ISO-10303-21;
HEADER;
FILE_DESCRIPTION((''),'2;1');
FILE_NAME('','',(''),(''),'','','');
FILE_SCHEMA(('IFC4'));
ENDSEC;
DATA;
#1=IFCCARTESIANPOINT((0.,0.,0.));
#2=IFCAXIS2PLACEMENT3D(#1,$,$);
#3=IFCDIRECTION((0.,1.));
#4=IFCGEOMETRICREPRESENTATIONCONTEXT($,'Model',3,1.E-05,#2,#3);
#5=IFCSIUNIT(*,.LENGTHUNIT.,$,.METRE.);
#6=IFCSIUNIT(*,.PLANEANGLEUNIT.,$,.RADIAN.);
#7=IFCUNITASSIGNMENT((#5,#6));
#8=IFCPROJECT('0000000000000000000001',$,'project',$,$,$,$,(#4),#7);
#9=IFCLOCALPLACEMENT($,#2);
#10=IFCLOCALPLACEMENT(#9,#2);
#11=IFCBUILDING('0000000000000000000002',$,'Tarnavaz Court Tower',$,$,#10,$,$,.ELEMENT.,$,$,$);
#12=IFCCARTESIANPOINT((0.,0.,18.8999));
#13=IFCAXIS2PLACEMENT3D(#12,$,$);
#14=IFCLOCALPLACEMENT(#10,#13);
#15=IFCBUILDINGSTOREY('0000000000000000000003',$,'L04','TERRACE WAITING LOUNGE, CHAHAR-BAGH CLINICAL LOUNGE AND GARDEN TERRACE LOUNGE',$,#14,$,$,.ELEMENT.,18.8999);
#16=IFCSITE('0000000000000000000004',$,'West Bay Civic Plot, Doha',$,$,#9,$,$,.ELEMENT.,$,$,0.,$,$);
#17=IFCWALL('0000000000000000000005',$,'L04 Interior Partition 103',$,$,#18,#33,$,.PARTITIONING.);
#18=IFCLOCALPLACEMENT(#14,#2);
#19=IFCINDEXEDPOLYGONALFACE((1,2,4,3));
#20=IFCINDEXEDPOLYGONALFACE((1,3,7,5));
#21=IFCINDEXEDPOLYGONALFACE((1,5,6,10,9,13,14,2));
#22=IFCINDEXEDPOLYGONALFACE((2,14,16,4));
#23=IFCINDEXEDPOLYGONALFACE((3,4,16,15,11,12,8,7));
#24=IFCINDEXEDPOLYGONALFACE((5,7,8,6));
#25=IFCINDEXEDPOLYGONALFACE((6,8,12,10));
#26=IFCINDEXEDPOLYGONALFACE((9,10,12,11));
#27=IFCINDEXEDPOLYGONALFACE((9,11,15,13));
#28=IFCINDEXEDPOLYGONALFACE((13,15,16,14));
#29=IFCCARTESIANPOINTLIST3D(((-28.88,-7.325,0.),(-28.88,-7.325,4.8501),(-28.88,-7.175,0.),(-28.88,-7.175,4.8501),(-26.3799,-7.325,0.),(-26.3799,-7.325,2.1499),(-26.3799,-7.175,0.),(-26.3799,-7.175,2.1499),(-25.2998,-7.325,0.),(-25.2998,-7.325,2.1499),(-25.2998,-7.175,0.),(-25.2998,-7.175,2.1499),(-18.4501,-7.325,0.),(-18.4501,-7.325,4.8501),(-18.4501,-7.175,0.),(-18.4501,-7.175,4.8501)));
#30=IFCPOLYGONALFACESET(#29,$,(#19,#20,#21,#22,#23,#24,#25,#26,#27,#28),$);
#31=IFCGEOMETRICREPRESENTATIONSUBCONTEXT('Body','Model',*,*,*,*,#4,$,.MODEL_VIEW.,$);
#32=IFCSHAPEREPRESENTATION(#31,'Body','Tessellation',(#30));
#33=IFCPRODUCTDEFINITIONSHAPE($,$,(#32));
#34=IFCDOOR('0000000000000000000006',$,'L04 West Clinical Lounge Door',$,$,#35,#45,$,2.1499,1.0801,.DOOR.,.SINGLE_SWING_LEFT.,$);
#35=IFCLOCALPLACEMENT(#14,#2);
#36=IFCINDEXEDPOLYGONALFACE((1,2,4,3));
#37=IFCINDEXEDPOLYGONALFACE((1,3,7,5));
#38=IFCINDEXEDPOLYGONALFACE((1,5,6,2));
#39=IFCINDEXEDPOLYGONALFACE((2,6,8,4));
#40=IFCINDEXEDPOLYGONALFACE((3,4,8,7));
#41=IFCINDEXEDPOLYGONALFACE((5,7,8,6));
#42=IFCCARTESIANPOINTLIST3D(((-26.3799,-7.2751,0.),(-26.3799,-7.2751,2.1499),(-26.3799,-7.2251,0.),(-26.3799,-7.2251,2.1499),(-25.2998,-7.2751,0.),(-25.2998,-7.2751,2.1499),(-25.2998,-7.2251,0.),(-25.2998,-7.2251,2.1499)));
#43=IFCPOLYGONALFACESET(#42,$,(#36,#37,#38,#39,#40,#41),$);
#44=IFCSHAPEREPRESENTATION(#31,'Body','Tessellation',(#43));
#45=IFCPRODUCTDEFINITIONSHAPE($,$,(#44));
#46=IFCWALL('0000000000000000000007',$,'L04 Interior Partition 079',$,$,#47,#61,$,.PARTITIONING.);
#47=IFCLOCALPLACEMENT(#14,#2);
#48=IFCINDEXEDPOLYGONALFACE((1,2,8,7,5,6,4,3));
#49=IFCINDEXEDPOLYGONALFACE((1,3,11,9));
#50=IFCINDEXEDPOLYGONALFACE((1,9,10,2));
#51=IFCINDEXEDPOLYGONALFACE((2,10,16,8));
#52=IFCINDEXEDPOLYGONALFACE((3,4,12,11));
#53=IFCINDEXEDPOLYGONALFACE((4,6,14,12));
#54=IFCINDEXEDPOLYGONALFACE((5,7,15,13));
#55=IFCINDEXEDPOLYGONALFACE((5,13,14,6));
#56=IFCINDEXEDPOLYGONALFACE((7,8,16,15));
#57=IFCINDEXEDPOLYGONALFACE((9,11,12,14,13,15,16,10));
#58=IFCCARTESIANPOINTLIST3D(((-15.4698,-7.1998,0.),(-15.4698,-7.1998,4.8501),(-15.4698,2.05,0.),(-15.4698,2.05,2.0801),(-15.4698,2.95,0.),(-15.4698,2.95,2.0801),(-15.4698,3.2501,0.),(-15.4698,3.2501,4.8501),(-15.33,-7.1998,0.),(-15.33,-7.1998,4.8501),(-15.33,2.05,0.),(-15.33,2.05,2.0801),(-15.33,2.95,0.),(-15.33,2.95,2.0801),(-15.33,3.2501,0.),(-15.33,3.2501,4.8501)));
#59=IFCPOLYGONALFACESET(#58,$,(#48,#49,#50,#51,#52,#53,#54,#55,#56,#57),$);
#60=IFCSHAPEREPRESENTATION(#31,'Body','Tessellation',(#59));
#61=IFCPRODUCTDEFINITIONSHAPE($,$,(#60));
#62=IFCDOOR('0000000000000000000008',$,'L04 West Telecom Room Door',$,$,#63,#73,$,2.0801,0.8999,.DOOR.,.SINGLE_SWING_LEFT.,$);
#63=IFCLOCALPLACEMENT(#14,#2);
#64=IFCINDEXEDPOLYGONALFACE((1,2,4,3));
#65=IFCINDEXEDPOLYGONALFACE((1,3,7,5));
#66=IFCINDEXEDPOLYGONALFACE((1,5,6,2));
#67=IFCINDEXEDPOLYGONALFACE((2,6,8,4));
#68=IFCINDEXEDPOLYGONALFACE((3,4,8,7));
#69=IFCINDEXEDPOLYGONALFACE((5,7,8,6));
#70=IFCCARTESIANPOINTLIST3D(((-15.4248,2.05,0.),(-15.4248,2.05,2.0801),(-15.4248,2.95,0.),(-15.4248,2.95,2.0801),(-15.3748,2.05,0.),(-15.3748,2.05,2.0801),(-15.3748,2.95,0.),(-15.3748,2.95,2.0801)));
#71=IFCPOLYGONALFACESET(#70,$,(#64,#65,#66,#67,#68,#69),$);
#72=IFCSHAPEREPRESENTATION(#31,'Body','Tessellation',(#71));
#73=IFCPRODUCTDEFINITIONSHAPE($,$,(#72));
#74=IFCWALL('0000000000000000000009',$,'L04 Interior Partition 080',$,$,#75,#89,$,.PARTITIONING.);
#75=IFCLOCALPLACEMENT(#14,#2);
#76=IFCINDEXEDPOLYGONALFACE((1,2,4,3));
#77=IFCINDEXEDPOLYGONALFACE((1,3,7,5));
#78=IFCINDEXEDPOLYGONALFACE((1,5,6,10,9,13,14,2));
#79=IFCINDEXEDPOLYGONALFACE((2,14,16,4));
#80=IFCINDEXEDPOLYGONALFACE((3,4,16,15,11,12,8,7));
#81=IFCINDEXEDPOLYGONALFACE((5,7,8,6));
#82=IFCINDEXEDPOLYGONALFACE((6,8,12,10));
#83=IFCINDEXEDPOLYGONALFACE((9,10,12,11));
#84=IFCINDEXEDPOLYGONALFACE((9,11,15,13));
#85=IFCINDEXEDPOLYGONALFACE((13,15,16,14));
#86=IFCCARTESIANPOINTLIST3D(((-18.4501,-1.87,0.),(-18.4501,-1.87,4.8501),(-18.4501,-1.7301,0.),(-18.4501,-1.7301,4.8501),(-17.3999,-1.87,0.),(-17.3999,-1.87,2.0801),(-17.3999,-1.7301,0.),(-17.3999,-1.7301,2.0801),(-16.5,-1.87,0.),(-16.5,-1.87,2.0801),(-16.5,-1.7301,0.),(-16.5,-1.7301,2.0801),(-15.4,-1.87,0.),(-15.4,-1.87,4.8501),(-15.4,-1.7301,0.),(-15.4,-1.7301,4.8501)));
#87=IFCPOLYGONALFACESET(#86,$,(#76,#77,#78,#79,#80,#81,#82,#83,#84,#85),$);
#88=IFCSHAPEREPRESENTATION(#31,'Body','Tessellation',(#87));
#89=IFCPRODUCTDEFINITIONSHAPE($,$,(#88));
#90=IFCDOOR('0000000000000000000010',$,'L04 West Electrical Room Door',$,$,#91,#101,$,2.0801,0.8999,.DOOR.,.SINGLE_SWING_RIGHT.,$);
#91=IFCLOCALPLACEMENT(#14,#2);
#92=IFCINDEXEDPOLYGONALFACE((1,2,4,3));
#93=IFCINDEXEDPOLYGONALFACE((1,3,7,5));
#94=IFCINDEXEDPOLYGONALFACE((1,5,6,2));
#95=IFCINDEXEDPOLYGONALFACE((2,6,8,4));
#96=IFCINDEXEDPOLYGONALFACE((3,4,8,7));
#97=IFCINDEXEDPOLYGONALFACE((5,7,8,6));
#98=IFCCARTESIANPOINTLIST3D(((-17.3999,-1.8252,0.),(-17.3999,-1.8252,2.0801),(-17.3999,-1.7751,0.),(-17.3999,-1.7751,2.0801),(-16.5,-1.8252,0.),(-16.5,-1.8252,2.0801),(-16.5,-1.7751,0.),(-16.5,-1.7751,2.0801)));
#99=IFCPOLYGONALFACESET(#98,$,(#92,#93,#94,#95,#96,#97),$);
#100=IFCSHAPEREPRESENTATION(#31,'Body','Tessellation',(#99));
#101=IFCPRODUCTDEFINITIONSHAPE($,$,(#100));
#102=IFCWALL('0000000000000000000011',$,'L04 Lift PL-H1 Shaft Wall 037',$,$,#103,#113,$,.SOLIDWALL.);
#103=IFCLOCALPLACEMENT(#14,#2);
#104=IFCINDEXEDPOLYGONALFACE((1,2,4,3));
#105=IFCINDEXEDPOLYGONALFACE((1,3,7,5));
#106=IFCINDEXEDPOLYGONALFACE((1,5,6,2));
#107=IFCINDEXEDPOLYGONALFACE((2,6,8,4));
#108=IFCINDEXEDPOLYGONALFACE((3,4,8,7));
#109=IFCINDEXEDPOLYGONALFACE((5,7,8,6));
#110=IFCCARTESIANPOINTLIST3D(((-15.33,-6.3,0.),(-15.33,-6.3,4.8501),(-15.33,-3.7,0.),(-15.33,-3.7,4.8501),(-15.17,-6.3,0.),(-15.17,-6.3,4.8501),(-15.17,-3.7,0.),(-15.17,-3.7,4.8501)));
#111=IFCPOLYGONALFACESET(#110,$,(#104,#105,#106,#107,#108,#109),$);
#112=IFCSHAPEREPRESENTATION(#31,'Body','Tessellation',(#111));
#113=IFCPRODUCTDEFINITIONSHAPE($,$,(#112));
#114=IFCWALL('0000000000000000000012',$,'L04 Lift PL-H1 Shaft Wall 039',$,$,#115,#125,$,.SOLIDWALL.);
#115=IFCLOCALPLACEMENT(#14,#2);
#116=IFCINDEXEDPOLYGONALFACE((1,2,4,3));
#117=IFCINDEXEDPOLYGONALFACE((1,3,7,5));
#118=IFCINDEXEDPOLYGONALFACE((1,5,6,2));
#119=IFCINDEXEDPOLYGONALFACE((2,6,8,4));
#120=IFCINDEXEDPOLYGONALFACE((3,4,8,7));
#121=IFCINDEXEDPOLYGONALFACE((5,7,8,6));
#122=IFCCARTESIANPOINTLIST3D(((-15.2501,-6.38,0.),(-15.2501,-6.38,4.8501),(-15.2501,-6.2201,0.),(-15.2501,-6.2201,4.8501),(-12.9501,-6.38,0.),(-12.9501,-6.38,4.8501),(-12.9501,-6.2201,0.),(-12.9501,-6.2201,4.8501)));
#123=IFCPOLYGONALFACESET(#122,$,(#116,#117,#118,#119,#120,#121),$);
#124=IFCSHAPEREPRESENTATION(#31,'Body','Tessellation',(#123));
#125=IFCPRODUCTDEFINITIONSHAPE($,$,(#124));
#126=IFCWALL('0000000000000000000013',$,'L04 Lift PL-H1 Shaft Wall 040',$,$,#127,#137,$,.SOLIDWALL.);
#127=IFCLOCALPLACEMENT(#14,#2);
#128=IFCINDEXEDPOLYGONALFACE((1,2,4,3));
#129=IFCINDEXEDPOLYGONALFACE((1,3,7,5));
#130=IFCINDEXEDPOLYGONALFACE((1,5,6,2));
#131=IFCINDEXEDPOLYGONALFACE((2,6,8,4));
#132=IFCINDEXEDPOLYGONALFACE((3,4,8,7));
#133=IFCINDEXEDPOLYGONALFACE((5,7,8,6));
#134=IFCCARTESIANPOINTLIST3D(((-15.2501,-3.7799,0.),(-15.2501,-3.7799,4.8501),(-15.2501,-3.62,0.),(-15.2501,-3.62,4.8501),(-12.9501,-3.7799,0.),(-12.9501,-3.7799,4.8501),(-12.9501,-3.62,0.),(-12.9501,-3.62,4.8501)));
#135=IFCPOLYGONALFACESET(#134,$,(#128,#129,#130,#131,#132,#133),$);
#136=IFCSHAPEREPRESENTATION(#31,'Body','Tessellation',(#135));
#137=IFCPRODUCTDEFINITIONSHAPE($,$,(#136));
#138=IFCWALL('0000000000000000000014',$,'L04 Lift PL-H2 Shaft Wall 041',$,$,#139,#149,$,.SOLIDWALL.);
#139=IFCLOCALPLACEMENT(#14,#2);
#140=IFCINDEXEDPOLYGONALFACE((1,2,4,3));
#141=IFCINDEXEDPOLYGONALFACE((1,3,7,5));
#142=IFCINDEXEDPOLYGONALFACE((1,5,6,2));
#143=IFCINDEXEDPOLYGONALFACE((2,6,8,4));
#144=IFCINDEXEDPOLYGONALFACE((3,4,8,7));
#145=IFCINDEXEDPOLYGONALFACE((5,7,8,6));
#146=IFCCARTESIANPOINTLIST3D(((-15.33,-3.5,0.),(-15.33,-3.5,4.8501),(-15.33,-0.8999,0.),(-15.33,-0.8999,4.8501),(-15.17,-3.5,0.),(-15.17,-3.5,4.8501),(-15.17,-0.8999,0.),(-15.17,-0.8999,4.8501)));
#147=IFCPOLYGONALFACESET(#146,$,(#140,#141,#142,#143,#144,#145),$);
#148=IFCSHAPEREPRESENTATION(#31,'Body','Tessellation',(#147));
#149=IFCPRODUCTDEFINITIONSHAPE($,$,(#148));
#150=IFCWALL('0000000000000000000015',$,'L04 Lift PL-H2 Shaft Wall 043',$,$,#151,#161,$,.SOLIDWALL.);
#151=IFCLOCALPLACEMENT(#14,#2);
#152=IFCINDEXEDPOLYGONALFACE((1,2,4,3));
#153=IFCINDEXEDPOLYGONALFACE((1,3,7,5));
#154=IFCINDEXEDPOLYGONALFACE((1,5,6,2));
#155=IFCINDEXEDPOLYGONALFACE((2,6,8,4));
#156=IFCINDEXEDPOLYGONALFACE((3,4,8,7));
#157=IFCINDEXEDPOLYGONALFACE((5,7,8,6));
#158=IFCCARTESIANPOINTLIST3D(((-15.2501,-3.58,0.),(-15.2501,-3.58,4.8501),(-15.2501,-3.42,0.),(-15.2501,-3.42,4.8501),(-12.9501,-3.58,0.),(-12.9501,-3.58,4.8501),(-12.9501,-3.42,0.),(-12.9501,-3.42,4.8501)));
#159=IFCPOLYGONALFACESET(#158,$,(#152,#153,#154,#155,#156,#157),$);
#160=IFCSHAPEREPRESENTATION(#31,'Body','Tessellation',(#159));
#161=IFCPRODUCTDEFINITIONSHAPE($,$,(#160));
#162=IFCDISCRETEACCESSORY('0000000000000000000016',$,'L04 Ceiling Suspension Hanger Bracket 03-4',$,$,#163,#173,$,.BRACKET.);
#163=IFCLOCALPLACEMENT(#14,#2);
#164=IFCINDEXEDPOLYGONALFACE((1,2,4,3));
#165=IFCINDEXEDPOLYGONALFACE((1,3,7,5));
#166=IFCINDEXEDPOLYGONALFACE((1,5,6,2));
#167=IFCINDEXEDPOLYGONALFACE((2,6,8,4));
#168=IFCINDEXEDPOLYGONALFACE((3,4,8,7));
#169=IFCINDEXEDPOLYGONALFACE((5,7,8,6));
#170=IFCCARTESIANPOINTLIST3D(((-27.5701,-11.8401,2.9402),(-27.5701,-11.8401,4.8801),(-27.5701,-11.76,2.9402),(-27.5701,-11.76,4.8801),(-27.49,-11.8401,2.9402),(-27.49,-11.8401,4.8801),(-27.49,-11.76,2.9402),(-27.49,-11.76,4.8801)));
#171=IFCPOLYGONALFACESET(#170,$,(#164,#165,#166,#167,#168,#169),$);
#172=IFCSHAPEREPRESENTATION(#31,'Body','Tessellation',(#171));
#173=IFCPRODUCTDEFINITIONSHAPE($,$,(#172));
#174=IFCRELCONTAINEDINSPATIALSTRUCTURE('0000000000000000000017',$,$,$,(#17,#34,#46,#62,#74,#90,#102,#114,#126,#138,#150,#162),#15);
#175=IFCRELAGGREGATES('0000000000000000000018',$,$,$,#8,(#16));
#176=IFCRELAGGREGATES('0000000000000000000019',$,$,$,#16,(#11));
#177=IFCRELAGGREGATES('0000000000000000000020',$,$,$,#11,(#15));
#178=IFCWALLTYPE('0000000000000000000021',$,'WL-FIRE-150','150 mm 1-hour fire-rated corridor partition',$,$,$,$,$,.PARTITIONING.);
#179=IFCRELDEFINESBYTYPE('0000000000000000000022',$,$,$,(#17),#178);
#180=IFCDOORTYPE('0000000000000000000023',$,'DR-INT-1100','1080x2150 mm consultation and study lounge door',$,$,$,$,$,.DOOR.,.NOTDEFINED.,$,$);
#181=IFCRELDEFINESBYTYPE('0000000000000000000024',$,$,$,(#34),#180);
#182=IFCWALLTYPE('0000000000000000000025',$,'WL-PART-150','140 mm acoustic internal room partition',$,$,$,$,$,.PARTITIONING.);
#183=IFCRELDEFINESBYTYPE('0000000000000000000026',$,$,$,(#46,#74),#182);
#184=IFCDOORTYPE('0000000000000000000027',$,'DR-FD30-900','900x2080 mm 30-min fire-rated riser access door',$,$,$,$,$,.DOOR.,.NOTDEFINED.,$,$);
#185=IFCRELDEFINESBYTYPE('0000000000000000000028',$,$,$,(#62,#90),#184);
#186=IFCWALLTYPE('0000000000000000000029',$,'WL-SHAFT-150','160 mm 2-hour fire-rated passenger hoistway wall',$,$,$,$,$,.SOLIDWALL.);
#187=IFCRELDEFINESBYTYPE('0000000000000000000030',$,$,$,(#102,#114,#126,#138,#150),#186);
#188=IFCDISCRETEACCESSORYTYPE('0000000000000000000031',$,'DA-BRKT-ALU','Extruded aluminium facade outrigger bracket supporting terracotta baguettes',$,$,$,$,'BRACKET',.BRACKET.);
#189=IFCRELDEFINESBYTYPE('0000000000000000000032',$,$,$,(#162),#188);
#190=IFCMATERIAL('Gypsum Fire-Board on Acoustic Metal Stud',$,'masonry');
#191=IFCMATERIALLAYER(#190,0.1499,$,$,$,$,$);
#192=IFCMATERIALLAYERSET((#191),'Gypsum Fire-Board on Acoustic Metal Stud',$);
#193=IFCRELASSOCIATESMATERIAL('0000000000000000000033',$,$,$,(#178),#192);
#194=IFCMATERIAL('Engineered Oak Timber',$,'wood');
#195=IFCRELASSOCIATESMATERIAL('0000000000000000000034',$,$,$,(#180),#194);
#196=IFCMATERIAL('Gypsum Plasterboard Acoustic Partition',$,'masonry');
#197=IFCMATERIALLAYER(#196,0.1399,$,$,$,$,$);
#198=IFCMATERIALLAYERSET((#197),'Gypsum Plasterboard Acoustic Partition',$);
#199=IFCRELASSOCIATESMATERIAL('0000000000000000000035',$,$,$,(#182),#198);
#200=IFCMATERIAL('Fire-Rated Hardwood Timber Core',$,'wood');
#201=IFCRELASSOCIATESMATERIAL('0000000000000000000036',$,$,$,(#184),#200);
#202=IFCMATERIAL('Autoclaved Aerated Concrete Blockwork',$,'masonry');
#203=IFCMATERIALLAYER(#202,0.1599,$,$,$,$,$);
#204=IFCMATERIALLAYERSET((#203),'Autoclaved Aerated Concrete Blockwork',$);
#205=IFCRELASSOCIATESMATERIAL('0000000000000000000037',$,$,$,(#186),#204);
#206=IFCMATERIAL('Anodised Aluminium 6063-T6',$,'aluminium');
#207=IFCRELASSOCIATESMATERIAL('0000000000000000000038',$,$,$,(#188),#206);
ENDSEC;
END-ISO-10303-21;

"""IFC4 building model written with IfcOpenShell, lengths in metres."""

from ifc_helpers import new_model, si_unit, direction, frame, frame_2d, origin, origin_2d, place, context, subcontext, project, spatial, rectangle, extrude, material, layer, layer_set, type_object, element, fill, save


model = new_model("IFC4")

# Units and contexts
model_context = context("Model", 3, precision=1e-05, world=origin(), true_north=direction((0.0, 1.0)))
body_context = subcontext(model_context, "Body", "Model", "MODEL_VIEW")
ifc_project = project(units=[si_unit("LENGTHUNIT", "METRE"), si_unit("PLANEANGLEUNIT", "RADIAN")], contexts=[model_context])

# Site, building, storey
site_placement = place(None, origin())
site = spatial("IfcSite", under=ifc_project, at=site_placement, Name="West Bay Civic Plot, Doha", CompositionType="ELEMENT", RefElevation=0.0)
building_placement = place(site_placement, origin())
building = spatial("IfcBuilding", under=site, at=building_placement, Name="Tarnavaz Court Tower", CompositionType="ELEMENT")
storey_placement = place(building_placement, frame((0.0, 0.0, 18.8999)))
storey = spatial("IfcBuildingStorey", under=building, at=storey_placement, Name="L04", Description="TERRACE WAITING LOUNGE, CHAHAR-BAGH CLINICAL LOUNGE AND GARDEN TERRACE LOUNGE", CompositionType="ELEMENT", Elevation=18.8999)

# Walls, openings, doors
ifc_material_1 = material(Name="Gypsum Fire-Board on Acoustic Metal Stud", Category="masonry")
ifc_layer_1 = layer(ifc_material_1, 0.1499)
ifc_layer_set_1 = layer_set([ifc_layer_1], Name="Gypsum Fire-Board on Acoustic Metal Stud")
wall_type_1 = type_object("IfcWallType", Name="WL-FIRE-150", Description="150 mm 1-hour fire-rated corridor partition", PredefinedType="PARTITIONING", material=ifc_layer_set_1)
ifc_material_2 = material(Name="Engineered Oak Timber", Category="wood")
wall_1_placement = place(storey_placement, frame((-28.8799, -7.25, 0.0), z_axis=(0.0, 0.0, 1.0), x_axis=(1.0, 0.0, 0.0)))
wall_1 = element("IfcWall", 1, at=wall_1_placement, inside=storey, type_object=wall_type_1, Name="L04 Interior Partition 103", PredefinedType="PARTITIONING", context=body_context, shape_type="SweptSolid", body=[
    extrude(rectangle(XDim=10.4299, YDim=0.1499, at=frame_2d((5.2148, 0.0))), origin(), (0.0, 0.0, 1.0), 4.8501),
])
opening_1_placement = place(wall_1_placement, frame((2.5, 0.0, 0.0)))
opening_1 = element("IfcOpeningElement", 2, at=opening_1_placement, cuts=wall_1, PredefinedType="OPENING", context=body_context, shape_type="SweptSolid", body=[
    extrude(rectangle(XDim=1.0801, YDim=2.1499, at=frame_2d((0.54, 1.075))), frame((0.0, 0.085, 0.0), z_axis=(0.0, -1.0, 0.0), x_axis=(1.0, 0.0, 0.0)), (0.0, 0.0, 1.0), 0.1699),
])
door_type_1 = type_object("IfcDoorType", Name="DR-INT-1100", Description="1080x2150 mm consultation and study lounge door", OperationType="NOTDEFINED", PredefinedType="DOOR", material=ifc_material_2)
door_1_placement = place(opening_1_placement, origin())
door_1 = element("IfcDoor", 3, at=door_1_placement, inside=storey, type_object=door_type_1, Name="L04 West Clinical Lounge Door", OperationType="SINGLE_SWING_LEFT", OverallHeight=2.1499, OverallWidth=1.0801, PredefinedType="DOOR", context=body_context, shape_type="SweptSolid", body=[
    extrude(rectangle(XDim=1.0801, YDim=2.1499, at=frame_2d((0.54, 1.075))), frame((0.0, 0.0249, 0.0), z_axis=(0.0, -1.0, 0.0), x_axis=(1.0, 0.0, 0.0)), (0.0, 0.0, 1.0), 0.05),
])
fill(opening_1, door_1)
ifc_material_3 = material(Name="Gypsum Plasterboard Acoustic Partition", Category="masonry")
ifc_layer_2 = layer(ifc_material_3, 0.1399)
ifc_layer_set_2 = layer_set([ifc_layer_2], Name="Gypsum Plasterboard Acoustic Partition")
wall_type_2 = type_object("IfcWallType", Name="WL-PART-150", Description="140 mm acoustic internal room partition", PredefinedType="PARTITIONING", material=ifc_layer_set_2)
wall_2_placement = place(storey_placement, frame((-15.3999, -7.2, 0.0), z_axis=(0.0, 0.0, 1.0), x_axis=(0.0, 1.0, 0.0)))
wall_2 = element("IfcWall", 4, at=wall_2_placement, inside=storey, type_object=wall_type_2, Name="L04 Interior Partition 079", PredefinedType="PARTITIONING", context=body_context, shape_type="SweptSolid", body=[
    extrude(rectangle(XDim=10.45, YDim=0.1399, at=frame_2d((5.2251, 0.0))), origin(), (0.0, 0.0, 1.0), 4.8501),
])
opening_2_placement = place(wall_2_placement, frame((9.25, 0.0, 0.0)))
opening_2 = element("IfcOpeningElement", 5, at=opening_2_placement, cuts=wall_2, PredefinedType="OPENING", context=body_context, shape_type="SweptSolid", body=[
    extrude(rectangle(XDim=0.8999, YDim=2.0801, at=frame_2d((0.45, 1.04))), frame((0.0, 0.0798, 0.0), z_axis=(0.0, -1.0, 0.0), x_axis=(1.0, 0.0, 0.0)), (0.0, 0.0, 1.0), 0.1599),
])
ifc_material_4 = material(Name="Fire-Rated Hardwood Timber Core", Category="wood")
door_type_2 = type_object("IfcDoorType", Name="DR-FD30-900", Description="900x2080 mm 30-min fire-rated riser access door", OperationType="NOTDEFINED", PredefinedType="DOOR", material=ifc_material_4)
door_2_placement = place(opening_2_placement, origin())
door_2 = element("IfcDoor", 6, at=door_2_placement, inside=storey, type_object=door_type_2, Name="L04 West Telecom Room Door", OperationType="SINGLE_SWING_LEFT", OverallHeight=2.0801, OverallWidth=0.8999, PredefinedType="DOOR", context=body_context, shape_type="SweptSolid", body=[
    extrude(rectangle(XDim=0.8999, YDim=2.0801, at=frame_2d((0.45, 1.04))), frame((0.0, 0.0249, 0.0), z_axis=(0.0, -1.0, 0.0), x_axis=(1.0, 0.0, 0.0)), (0.0, 0.0, 1.0), 0.05),
])
fill(opening_2, door_2)
wall_3_placement = place(storey_placement, frame((-18.45, -1.8, 0.0), z_axis=(0.0, 0.0, 1.0), x_axis=(1.0, 0.0, 0.0)))
wall_3 = element("IfcWall", 7, at=wall_3_placement, inside=storey, type_object=wall_type_2, Name="L04 Interior Partition 080", PredefinedType="PARTITIONING", context=body_context, shape_type="SweptSolid", body=[
    extrude(rectangle(XDim=3.05, YDim=0.1399, at=frame_2d((1.5249, 0.0))), origin(), (0.0, 0.0, 1.0), 4.8501),
])
opening_3_placement = place(wall_3_placement, frame((1.05, 0.0, 0.0)))
opening_3 = element("IfcOpeningElement", 8, at=opening_3_placement, cuts=wall_3, PredefinedType="OPENING", context=body_context, shape_type="SweptSolid", body=[
    extrude(rectangle(XDim=0.8999, YDim=2.0801, at=frame_2d((0.45, 1.04))), frame((0.0, 0.0798, 0.0), z_axis=(0.0, -1.0, 0.0), x_axis=(1.0, 0.0, 0.0)), (0.0, 0.0, 1.0), 0.1599),
])
door_3_placement = place(opening_3_placement, origin())
door_3 = element("IfcDoor", 9, at=door_3_placement, inside=storey, type_object=door_type_2, Name="L04 West Electrical Room Door", OperationType="SINGLE_SWING_RIGHT", OverallHeight=2.0801, OverallWidth=0.8999, PredefinedType="DOOR", context=body_context, shape_type="SweptSolid", body=[
    extrude(rectangle(XDim=0.8999, YDim=2.0801, at=frame_2d((0.45, 1.04))), frame((0.0, 0.0249, 0.0), z_axis=(0.0, -1.0, 0.0), x_axis=(1.0, 0.0, 0.0)), (0.0, 0.0, 1.0), 0.05),
])
fill(opening_3, door_3)

# Walls
ifc_material_5 = material(Name="Autoclaved Aerated Concrete Blockwork", Category="masonry")
ifc_layer_3 = layer(ifc_material_5, 0.1599)
ifc_layer_set_3 = layer_set([ifc_layer_3], Name="Autoclaved Aerated Concrete Blockwork")
wall_type_3 = type_object("IfcWallType", Name="WL-SHAFT-150", Description="160 mm 2-hour fire-rated passenger hoistway wall", PredefinedType="SOLIDWALL", material=ifc_layer_set_3)
wall_4_placement = place(storey_placement, frame((-15.25, -6.3, 0.0), z_axis=(0.0, 0.0, 1.0), x_axis=(0.0, 1.0, 0.0)))
element("IfcWall", 10, at=wall_4_placement, inside=storey, type_object=wall_type_3, Name="L04 Lift PL-H1 Shaft Wall 037", PredefinedType="SOLIDWALL", context=body_context, shape_type="SweptSolid", body=[
    extrude(rectangle(XDim=2.6001, YDim=0.1599, at=frame_2d((1.3, 0.0))), origin(), (0.0, 0.0, 1.0), 4.8501),
])
for number, where, z_axis, x_axis, name in (
    (11, (-15.25, -6.3, 0.0), (0.0, 0.0, 1.0), (1.0, 0.0, 0.0), "L04 Lift PL-H1 Shaft Wall 039"),
    (12, (-15.25, -3.7, 0.0), (0.0, 0.0, 1.0), (1.0, 0.0, 0.0), "L04 Lift PL-H1 Shaft Wall 040"),
):
    element("IfcWall", number, at=place(storey_placement, frame(where, z_axis=z_axis, x_axis=x_axis)), inside=storey, type_object=wall_type_3, Name=name, PredefinedType="SOLIDWALL", context=body_context, shape_type="SweptSolid", body=[
        extrude(rectangle(XDim=2.3, YDim=0.1599, at=frame_2d((1.1499, 0.0))), origin(), (0.0, 0.0, 1.0), 4.8501),
    ])
wall_5_placement = place(storey_placement, frame((-15.25, -3.5, 0.0), z_axis=(0.0, 0.0, 1.0), x_axis=(0.0, 1.0, 0.0)))
element("IfcWall", 13, at=wall_5_placement, inside=storey, type_object=wall_type_3, Name="L04 Lift PL-H2 Shaft Wall 041", PredefinedType="SOLIDWALL", context=body_context, shape_type="SweptSolid", body=[
    extrude(rectangle(XDim=2.6001, YDim=0.1599, at=frame_2d((1.3, 0.0))), origin(), (0.0, 0.0, 1.0), 4.8501),
])
wall_6_placement = place(storey_placement, frame((-15.25, -3.5, 0.0), z_axis=(0.0, 0.0, 1.0), x_axis=(1.0, 0.0, 0.0)))
element("IfcWall", 14, at=wall_6_placement, inside=storey, type_object=wall_type_3, Name="L04 Lift PL-H2 Shaft Wall 043", PredefinedType="SOLIDWALL", context=body_context, shape_type="SweptSolid", body=[
    extrude(rectangle(XDim=2.3, YDim=0.1599, at=frame_2d((1.1499, 0.0))), origin(), (0.0, 0.0, 1.0), 4.8501),
])

# Discrete accessory
ifc_material_6 = material(Name="Anodised Aluminium 6063-T6", Category="aluminium")
discrete_accessory_type = type_object("IfcDiscreteAccessoryType", Name="DA-BRKT-ALU", Description="Extruded aluminium facade outrigger bracket supporting terracotta baguettes", ElementType="BRACKET", PredefinedType="BRACKET", material=ifc_material_6)
discrete_accessory_placement = place(storey_placement, frame((-27.53, -11.8, 2.9402), z_axis=(0.0, 0.0, 1.0), x_axis=(1.0, 0.0, 0.0)))
element("IfcDiscreteAccessory", 15, at=discrete_accessory_placement, inside=storey, type_object=discrete_accessory_type, Name="L04 Ceiling Suspension Hanger Bracket 03-4", PredefinedType="BRACKET", context=body_context, shape_type="SweptSolid", body=[
    extrude(rectangle(XDim=0.0801, YDim=0.0801, at=origin_2d()), origin(), (0.0, 0.0, 1.0), 1.9399),
])

save(model, "model.ifc")
